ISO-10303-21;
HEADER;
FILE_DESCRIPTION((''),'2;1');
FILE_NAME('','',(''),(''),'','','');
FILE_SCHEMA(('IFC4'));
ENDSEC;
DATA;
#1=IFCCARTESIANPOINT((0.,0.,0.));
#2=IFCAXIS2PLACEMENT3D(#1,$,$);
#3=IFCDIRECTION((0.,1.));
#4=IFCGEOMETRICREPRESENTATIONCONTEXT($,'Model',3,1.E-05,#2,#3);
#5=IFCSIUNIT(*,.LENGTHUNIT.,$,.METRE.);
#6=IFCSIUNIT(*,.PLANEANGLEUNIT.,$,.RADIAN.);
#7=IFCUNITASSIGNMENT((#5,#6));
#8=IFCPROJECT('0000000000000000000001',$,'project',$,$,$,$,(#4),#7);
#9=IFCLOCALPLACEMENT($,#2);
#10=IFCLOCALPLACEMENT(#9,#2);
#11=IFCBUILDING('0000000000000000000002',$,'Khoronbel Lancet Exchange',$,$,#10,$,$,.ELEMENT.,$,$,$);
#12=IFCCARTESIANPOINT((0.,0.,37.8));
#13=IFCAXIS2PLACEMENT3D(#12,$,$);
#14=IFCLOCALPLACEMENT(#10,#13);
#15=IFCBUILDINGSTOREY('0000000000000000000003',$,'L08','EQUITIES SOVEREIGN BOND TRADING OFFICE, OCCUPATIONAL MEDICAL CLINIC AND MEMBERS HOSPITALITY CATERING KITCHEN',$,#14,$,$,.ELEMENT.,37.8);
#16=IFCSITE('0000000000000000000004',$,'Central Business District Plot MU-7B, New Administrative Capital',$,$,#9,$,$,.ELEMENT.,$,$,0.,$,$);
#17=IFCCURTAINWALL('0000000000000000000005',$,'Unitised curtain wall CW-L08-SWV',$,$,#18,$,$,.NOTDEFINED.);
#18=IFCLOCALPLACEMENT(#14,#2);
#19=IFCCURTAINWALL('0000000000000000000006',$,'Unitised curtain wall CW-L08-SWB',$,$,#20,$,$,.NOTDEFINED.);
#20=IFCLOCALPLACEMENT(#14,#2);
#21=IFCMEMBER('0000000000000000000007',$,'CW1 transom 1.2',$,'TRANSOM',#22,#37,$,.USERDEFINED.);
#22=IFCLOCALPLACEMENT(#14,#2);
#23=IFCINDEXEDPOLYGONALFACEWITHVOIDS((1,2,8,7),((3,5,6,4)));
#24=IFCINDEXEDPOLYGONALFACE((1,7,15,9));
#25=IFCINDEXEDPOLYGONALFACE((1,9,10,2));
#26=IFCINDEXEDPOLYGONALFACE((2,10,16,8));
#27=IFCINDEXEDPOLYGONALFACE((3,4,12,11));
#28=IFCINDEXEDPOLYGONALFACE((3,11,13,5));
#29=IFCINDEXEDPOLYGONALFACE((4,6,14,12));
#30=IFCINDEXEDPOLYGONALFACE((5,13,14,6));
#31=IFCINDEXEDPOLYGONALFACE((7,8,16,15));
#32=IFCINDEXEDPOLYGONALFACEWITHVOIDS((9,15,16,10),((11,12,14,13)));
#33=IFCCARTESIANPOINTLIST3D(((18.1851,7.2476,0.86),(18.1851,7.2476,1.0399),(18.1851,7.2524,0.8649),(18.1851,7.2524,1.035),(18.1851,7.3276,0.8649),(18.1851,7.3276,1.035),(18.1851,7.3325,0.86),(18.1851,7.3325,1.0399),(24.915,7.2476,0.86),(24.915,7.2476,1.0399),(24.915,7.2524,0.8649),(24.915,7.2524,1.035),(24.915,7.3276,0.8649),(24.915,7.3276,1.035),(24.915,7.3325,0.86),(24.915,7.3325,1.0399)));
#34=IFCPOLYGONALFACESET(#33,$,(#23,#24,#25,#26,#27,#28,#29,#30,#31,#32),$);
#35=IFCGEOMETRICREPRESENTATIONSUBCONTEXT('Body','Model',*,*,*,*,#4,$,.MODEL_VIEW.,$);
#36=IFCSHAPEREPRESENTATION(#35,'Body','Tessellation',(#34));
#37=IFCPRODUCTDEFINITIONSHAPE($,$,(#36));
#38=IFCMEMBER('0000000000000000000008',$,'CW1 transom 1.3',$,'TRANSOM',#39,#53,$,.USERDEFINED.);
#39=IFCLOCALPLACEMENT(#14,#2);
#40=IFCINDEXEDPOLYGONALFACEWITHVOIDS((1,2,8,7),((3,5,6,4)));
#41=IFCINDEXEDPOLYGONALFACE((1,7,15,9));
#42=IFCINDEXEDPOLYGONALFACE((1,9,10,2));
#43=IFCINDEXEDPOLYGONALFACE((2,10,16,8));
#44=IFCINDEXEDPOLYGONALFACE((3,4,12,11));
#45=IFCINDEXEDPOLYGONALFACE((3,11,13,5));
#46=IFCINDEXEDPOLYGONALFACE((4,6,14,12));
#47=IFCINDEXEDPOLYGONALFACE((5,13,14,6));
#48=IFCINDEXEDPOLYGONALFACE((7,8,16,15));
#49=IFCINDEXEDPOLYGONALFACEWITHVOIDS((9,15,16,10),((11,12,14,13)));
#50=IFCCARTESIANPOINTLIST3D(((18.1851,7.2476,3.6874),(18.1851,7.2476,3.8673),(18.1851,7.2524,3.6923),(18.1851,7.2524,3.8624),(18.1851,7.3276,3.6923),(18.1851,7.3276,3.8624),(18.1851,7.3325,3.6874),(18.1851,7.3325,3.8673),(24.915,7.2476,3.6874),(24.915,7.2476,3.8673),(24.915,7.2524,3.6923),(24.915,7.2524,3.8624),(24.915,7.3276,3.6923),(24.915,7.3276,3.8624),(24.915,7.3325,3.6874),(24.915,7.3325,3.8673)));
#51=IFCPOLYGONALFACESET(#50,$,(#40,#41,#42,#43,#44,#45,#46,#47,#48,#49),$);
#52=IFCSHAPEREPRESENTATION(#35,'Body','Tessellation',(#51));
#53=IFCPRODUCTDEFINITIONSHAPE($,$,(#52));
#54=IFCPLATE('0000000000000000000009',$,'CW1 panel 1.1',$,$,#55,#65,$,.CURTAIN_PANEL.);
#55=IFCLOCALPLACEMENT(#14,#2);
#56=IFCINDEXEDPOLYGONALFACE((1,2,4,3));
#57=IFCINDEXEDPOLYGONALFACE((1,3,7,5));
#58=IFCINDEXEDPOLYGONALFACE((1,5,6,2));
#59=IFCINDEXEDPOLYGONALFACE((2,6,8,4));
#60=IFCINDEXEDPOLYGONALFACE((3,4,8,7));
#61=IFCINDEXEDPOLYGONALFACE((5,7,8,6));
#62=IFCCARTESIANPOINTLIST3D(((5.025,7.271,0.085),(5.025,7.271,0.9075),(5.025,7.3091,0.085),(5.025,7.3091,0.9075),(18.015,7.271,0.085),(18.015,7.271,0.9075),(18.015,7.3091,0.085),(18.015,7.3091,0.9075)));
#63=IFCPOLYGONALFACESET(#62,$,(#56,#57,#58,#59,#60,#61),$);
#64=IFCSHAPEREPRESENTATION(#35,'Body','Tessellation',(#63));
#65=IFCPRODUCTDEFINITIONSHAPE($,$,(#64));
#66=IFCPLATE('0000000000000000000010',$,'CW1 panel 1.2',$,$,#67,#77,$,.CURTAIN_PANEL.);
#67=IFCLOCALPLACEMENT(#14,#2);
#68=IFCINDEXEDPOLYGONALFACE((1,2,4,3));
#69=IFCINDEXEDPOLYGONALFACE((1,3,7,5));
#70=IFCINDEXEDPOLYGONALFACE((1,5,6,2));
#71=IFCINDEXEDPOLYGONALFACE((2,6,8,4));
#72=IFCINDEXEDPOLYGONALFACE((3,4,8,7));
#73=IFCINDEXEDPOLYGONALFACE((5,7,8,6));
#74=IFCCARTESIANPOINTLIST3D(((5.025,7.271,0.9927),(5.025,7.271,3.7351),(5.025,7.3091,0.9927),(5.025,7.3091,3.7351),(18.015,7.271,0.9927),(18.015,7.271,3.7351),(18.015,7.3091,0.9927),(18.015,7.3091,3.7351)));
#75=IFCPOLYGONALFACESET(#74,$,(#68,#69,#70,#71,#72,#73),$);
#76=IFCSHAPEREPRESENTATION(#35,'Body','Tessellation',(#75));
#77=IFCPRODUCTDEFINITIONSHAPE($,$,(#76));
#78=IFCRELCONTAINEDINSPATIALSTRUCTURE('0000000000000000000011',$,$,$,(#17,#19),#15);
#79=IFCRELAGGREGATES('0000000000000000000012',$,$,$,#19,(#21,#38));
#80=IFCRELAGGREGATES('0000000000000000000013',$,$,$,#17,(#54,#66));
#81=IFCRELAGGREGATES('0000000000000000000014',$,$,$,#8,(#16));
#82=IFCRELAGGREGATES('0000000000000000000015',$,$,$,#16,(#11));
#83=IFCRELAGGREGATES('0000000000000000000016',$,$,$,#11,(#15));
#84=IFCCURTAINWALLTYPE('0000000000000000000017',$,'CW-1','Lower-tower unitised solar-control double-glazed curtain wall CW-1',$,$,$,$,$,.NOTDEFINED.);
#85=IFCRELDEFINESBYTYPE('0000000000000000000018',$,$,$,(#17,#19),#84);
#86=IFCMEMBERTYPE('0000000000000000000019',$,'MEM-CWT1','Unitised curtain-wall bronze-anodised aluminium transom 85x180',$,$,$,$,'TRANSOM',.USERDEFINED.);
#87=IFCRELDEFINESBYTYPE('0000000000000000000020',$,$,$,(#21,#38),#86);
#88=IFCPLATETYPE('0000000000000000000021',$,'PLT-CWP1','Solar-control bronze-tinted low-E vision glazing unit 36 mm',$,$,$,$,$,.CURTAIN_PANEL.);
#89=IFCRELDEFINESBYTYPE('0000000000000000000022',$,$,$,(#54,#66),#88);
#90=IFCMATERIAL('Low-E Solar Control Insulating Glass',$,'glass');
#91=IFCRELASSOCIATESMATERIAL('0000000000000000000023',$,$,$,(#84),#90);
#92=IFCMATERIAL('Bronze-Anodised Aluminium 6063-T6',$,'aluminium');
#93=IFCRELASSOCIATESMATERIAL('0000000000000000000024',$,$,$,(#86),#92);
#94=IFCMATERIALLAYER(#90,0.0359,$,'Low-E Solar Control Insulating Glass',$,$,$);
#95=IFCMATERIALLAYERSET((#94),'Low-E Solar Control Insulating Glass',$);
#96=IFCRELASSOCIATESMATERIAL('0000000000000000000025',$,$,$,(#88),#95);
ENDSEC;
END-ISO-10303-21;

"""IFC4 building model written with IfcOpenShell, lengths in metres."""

from ifc_helpers import new_model, si_unit, direction, frame, origin, origin_2d, place, context, subcontext, project, spatial, rectangle, hollow_rectangle, extrude, material, layer, layer_set, material_profile, profile_set, type_object, element, aggregate, save


model = new_model("IFC4")

# Units and contexts
model_context = context("Model", 3, precision=1e-05, world=origin(), true_north=direction((0.0, 1.0)))
body_context = subcontext(model_context, "Body", "Model", "MODEL_VIEW")
ifc_project = project(units=[si_unit("LENGTHUNIT", "METRE"), si_unit("PLANEANGLEUNIT", "RADIAN")], contexts=[model_context])

# Site, building, storey
site_placement = place(None, origin())
site = spatial("IfcSite", under=ifc_project, at=site_placement, Name="Central Business District Plot MU-7B, New Administrative Capital", CompositionType="ELEMENT", RefElevation=0.0)
building_placement = place(site_placement, origin())
building = spatial("IfcBuilding", under=site, at=building_placement, Name="Khoronbel Lancet Exchange", CompositionType="ELEMENT")
storey_placement = place(building_placement, frame((0.0, 0.0, 37.8)))
storey = spatial("IfcBuildingStorey", under=building, at=storey_placement, Name="L08", Description="EQUITIES SOVEREIGN BOND TRADING OFFICE, OCCUPATIONAL MEDICAL CLINIC AND MEMBERS HOSPITALITY CATERING KITCHEN", CompositionType="ELEMENT", Elevation=37.8)

# Curtain wall
ifc_material_1 = material(Name="Low-E Solar Control Insulating Glass", Category="glass")
curtain_wall_type = type_object("IfcCurtainWallType", Name="CW-1", Description="Lower-tower unitised solar-control double-glazed curtain wall CW-1", PredefinedType="NOTDEFINED", material=ifc_material_1)
curtain_wall_1_placement = place(storey_placement, origin())
curtain_wall_1 = element("IfcCurtainWall", 1, at=curtain_wall_1_placement, inside=storey, type_object=curtain_wall_type, Name="Unitised curtain wall CW-L08-SWV", PredefinedType="NOTDEFINED")
ifc_material_2 = material(Name="Bronze-Anodised Aluminium 6063-T6", Category="aluminium")

# Curtain wall
curtain_wall_2_placement = place(storey_placement, origin())
curtain_wall_2 = element("IfcCurtainWall", 2, at=curtain_wall_2_placement, inside=storey, type_object=curtain_wall_type, Name="Unitised curtain wall CW-L08-SWB", PredefinedType="NOTDEFINED")

# Members
ifc_material_profile_1 = material_profile(ifc_material_2, hollow_rectangle(XDim=0.085, YDim=0.1799, WallThickness=0.0049, at=origin_2d()), Name="ALU TRANSOM 85x180")
ifc_profile_set_1 = profile_set([ifc_material_profile_1], Name="Bronze-Anodised Aluminium 6063-T6")
member_type_1 = type_object("IfcMemberType", Name="MEM-CWT1", Description="Unitised curtain-wall bronze-anodised aluminium transom 85x180", ElementType="TRANSOM", PredefinedType="USERDEFINED", material=ifc_profile_set_1)
member_1_placement = place(storey_placement, frame((18.1851, 7.29, 0.95), z_axis=(1.0, 0.0, 0.0), x_axis=(0.0, 1.0, 0.0)))
member_1 = element("IfcMember", 3, at=member_1_placement, type_object=member_type_1, Name="CW1 transom 1.2", ObjectType="TRANSOM", PredefinedType="USERDEFINED", context=body_context, shape_type="SweptSolid", body=[
    extrude(hollow_rectangle(XDim=0.085, YDim=0.1799, WallThickness=0.0049, at=origin_2d()), origin(), (0.0, 0.0, 1.0), 6.73),
])
member_2_placement = place(storey_placement, frame((18.1851, 7.29, 3.7773), z_axis=(1.0, 0.0, 0.0), x_axis=(0.0, 1.0, 0.0)))
member_2 = element("IfcMember", 4, at=member_2_placement, type_object=member_type_1, Name="CW1 transom 1.3", ObjectType="TRANSOM", PredefinedType="USERDEFINED", context=body_context, shape_type="SweptSolid", body=[
    extrude(hollow_rectangle(XDim=0.085, YDim=0.1799, WallThickness=0.0049, at=origin_2d()), origin(), (0.0, 0.0, 1.0), 6.73),
])
aggregate(curtain_wall_2, [member_1, member_2])

# Plates
ifc_layer_1 = layer(ifc_material_1, 0.0359, Name="Low-E Solar Control Insulating Glass")
ifc_layer_set_1 = layer_set([ifc_layer_1], Name="Low-E Solar Control Insulating Glass")
plate_type = type_object("IfcPlateType", Name="PLT-CWP1", Description="Solar-control bronze-tinted low-E vision glazing unit 36 mm", PredefinedType="CURTAIN_PANEL", material=ifc_layer_set_1)
plate_1_placement = place(storey_placement, frame((11.52, 7.29, 0.085), z_axis=(0.0, 0.0, 1.0), x_axis=(1.0, 0.0, 0.0)))
plate_1 = element("IfcPlate", 5, at=plate_1_placement, type_object=plate_type, Name="CW1 panel 1.1", PredefinedType="CURTAIN_PANEL", context=body_context, shape_type="SweptSolid", body=[
    extrude(rectangle(XDim=12.99, YDim=0.0381, at=origin_2d()), origin(), (0.0, 0.0, 1.0), 0.8225),
])
plate_2_placement = place(storey_placement, frame((11.52, 7.29, 0.9927), z_axis=(0.0, 0.0, 1.0), x_axis=(1.0, 0.0, 0.0)))
plate_2 = element("IfcPlate", 6, at=plate_2_placement, type_object=plate_type, Name="CW1 panel 1.2", PredefinedType="CURTAIN_PANEL", context=body_context, shape_type="SweptSolid", body=[
    extrude(rectangle(XDim=12.99, YDim=0.0381, at=origin_2d()), origin(), (0.0, 0.0, 1.0), 2.7424),
])
aggregate(curtain_wall_1, [plate_1, plate_2])

save(model, "model.ifc")
